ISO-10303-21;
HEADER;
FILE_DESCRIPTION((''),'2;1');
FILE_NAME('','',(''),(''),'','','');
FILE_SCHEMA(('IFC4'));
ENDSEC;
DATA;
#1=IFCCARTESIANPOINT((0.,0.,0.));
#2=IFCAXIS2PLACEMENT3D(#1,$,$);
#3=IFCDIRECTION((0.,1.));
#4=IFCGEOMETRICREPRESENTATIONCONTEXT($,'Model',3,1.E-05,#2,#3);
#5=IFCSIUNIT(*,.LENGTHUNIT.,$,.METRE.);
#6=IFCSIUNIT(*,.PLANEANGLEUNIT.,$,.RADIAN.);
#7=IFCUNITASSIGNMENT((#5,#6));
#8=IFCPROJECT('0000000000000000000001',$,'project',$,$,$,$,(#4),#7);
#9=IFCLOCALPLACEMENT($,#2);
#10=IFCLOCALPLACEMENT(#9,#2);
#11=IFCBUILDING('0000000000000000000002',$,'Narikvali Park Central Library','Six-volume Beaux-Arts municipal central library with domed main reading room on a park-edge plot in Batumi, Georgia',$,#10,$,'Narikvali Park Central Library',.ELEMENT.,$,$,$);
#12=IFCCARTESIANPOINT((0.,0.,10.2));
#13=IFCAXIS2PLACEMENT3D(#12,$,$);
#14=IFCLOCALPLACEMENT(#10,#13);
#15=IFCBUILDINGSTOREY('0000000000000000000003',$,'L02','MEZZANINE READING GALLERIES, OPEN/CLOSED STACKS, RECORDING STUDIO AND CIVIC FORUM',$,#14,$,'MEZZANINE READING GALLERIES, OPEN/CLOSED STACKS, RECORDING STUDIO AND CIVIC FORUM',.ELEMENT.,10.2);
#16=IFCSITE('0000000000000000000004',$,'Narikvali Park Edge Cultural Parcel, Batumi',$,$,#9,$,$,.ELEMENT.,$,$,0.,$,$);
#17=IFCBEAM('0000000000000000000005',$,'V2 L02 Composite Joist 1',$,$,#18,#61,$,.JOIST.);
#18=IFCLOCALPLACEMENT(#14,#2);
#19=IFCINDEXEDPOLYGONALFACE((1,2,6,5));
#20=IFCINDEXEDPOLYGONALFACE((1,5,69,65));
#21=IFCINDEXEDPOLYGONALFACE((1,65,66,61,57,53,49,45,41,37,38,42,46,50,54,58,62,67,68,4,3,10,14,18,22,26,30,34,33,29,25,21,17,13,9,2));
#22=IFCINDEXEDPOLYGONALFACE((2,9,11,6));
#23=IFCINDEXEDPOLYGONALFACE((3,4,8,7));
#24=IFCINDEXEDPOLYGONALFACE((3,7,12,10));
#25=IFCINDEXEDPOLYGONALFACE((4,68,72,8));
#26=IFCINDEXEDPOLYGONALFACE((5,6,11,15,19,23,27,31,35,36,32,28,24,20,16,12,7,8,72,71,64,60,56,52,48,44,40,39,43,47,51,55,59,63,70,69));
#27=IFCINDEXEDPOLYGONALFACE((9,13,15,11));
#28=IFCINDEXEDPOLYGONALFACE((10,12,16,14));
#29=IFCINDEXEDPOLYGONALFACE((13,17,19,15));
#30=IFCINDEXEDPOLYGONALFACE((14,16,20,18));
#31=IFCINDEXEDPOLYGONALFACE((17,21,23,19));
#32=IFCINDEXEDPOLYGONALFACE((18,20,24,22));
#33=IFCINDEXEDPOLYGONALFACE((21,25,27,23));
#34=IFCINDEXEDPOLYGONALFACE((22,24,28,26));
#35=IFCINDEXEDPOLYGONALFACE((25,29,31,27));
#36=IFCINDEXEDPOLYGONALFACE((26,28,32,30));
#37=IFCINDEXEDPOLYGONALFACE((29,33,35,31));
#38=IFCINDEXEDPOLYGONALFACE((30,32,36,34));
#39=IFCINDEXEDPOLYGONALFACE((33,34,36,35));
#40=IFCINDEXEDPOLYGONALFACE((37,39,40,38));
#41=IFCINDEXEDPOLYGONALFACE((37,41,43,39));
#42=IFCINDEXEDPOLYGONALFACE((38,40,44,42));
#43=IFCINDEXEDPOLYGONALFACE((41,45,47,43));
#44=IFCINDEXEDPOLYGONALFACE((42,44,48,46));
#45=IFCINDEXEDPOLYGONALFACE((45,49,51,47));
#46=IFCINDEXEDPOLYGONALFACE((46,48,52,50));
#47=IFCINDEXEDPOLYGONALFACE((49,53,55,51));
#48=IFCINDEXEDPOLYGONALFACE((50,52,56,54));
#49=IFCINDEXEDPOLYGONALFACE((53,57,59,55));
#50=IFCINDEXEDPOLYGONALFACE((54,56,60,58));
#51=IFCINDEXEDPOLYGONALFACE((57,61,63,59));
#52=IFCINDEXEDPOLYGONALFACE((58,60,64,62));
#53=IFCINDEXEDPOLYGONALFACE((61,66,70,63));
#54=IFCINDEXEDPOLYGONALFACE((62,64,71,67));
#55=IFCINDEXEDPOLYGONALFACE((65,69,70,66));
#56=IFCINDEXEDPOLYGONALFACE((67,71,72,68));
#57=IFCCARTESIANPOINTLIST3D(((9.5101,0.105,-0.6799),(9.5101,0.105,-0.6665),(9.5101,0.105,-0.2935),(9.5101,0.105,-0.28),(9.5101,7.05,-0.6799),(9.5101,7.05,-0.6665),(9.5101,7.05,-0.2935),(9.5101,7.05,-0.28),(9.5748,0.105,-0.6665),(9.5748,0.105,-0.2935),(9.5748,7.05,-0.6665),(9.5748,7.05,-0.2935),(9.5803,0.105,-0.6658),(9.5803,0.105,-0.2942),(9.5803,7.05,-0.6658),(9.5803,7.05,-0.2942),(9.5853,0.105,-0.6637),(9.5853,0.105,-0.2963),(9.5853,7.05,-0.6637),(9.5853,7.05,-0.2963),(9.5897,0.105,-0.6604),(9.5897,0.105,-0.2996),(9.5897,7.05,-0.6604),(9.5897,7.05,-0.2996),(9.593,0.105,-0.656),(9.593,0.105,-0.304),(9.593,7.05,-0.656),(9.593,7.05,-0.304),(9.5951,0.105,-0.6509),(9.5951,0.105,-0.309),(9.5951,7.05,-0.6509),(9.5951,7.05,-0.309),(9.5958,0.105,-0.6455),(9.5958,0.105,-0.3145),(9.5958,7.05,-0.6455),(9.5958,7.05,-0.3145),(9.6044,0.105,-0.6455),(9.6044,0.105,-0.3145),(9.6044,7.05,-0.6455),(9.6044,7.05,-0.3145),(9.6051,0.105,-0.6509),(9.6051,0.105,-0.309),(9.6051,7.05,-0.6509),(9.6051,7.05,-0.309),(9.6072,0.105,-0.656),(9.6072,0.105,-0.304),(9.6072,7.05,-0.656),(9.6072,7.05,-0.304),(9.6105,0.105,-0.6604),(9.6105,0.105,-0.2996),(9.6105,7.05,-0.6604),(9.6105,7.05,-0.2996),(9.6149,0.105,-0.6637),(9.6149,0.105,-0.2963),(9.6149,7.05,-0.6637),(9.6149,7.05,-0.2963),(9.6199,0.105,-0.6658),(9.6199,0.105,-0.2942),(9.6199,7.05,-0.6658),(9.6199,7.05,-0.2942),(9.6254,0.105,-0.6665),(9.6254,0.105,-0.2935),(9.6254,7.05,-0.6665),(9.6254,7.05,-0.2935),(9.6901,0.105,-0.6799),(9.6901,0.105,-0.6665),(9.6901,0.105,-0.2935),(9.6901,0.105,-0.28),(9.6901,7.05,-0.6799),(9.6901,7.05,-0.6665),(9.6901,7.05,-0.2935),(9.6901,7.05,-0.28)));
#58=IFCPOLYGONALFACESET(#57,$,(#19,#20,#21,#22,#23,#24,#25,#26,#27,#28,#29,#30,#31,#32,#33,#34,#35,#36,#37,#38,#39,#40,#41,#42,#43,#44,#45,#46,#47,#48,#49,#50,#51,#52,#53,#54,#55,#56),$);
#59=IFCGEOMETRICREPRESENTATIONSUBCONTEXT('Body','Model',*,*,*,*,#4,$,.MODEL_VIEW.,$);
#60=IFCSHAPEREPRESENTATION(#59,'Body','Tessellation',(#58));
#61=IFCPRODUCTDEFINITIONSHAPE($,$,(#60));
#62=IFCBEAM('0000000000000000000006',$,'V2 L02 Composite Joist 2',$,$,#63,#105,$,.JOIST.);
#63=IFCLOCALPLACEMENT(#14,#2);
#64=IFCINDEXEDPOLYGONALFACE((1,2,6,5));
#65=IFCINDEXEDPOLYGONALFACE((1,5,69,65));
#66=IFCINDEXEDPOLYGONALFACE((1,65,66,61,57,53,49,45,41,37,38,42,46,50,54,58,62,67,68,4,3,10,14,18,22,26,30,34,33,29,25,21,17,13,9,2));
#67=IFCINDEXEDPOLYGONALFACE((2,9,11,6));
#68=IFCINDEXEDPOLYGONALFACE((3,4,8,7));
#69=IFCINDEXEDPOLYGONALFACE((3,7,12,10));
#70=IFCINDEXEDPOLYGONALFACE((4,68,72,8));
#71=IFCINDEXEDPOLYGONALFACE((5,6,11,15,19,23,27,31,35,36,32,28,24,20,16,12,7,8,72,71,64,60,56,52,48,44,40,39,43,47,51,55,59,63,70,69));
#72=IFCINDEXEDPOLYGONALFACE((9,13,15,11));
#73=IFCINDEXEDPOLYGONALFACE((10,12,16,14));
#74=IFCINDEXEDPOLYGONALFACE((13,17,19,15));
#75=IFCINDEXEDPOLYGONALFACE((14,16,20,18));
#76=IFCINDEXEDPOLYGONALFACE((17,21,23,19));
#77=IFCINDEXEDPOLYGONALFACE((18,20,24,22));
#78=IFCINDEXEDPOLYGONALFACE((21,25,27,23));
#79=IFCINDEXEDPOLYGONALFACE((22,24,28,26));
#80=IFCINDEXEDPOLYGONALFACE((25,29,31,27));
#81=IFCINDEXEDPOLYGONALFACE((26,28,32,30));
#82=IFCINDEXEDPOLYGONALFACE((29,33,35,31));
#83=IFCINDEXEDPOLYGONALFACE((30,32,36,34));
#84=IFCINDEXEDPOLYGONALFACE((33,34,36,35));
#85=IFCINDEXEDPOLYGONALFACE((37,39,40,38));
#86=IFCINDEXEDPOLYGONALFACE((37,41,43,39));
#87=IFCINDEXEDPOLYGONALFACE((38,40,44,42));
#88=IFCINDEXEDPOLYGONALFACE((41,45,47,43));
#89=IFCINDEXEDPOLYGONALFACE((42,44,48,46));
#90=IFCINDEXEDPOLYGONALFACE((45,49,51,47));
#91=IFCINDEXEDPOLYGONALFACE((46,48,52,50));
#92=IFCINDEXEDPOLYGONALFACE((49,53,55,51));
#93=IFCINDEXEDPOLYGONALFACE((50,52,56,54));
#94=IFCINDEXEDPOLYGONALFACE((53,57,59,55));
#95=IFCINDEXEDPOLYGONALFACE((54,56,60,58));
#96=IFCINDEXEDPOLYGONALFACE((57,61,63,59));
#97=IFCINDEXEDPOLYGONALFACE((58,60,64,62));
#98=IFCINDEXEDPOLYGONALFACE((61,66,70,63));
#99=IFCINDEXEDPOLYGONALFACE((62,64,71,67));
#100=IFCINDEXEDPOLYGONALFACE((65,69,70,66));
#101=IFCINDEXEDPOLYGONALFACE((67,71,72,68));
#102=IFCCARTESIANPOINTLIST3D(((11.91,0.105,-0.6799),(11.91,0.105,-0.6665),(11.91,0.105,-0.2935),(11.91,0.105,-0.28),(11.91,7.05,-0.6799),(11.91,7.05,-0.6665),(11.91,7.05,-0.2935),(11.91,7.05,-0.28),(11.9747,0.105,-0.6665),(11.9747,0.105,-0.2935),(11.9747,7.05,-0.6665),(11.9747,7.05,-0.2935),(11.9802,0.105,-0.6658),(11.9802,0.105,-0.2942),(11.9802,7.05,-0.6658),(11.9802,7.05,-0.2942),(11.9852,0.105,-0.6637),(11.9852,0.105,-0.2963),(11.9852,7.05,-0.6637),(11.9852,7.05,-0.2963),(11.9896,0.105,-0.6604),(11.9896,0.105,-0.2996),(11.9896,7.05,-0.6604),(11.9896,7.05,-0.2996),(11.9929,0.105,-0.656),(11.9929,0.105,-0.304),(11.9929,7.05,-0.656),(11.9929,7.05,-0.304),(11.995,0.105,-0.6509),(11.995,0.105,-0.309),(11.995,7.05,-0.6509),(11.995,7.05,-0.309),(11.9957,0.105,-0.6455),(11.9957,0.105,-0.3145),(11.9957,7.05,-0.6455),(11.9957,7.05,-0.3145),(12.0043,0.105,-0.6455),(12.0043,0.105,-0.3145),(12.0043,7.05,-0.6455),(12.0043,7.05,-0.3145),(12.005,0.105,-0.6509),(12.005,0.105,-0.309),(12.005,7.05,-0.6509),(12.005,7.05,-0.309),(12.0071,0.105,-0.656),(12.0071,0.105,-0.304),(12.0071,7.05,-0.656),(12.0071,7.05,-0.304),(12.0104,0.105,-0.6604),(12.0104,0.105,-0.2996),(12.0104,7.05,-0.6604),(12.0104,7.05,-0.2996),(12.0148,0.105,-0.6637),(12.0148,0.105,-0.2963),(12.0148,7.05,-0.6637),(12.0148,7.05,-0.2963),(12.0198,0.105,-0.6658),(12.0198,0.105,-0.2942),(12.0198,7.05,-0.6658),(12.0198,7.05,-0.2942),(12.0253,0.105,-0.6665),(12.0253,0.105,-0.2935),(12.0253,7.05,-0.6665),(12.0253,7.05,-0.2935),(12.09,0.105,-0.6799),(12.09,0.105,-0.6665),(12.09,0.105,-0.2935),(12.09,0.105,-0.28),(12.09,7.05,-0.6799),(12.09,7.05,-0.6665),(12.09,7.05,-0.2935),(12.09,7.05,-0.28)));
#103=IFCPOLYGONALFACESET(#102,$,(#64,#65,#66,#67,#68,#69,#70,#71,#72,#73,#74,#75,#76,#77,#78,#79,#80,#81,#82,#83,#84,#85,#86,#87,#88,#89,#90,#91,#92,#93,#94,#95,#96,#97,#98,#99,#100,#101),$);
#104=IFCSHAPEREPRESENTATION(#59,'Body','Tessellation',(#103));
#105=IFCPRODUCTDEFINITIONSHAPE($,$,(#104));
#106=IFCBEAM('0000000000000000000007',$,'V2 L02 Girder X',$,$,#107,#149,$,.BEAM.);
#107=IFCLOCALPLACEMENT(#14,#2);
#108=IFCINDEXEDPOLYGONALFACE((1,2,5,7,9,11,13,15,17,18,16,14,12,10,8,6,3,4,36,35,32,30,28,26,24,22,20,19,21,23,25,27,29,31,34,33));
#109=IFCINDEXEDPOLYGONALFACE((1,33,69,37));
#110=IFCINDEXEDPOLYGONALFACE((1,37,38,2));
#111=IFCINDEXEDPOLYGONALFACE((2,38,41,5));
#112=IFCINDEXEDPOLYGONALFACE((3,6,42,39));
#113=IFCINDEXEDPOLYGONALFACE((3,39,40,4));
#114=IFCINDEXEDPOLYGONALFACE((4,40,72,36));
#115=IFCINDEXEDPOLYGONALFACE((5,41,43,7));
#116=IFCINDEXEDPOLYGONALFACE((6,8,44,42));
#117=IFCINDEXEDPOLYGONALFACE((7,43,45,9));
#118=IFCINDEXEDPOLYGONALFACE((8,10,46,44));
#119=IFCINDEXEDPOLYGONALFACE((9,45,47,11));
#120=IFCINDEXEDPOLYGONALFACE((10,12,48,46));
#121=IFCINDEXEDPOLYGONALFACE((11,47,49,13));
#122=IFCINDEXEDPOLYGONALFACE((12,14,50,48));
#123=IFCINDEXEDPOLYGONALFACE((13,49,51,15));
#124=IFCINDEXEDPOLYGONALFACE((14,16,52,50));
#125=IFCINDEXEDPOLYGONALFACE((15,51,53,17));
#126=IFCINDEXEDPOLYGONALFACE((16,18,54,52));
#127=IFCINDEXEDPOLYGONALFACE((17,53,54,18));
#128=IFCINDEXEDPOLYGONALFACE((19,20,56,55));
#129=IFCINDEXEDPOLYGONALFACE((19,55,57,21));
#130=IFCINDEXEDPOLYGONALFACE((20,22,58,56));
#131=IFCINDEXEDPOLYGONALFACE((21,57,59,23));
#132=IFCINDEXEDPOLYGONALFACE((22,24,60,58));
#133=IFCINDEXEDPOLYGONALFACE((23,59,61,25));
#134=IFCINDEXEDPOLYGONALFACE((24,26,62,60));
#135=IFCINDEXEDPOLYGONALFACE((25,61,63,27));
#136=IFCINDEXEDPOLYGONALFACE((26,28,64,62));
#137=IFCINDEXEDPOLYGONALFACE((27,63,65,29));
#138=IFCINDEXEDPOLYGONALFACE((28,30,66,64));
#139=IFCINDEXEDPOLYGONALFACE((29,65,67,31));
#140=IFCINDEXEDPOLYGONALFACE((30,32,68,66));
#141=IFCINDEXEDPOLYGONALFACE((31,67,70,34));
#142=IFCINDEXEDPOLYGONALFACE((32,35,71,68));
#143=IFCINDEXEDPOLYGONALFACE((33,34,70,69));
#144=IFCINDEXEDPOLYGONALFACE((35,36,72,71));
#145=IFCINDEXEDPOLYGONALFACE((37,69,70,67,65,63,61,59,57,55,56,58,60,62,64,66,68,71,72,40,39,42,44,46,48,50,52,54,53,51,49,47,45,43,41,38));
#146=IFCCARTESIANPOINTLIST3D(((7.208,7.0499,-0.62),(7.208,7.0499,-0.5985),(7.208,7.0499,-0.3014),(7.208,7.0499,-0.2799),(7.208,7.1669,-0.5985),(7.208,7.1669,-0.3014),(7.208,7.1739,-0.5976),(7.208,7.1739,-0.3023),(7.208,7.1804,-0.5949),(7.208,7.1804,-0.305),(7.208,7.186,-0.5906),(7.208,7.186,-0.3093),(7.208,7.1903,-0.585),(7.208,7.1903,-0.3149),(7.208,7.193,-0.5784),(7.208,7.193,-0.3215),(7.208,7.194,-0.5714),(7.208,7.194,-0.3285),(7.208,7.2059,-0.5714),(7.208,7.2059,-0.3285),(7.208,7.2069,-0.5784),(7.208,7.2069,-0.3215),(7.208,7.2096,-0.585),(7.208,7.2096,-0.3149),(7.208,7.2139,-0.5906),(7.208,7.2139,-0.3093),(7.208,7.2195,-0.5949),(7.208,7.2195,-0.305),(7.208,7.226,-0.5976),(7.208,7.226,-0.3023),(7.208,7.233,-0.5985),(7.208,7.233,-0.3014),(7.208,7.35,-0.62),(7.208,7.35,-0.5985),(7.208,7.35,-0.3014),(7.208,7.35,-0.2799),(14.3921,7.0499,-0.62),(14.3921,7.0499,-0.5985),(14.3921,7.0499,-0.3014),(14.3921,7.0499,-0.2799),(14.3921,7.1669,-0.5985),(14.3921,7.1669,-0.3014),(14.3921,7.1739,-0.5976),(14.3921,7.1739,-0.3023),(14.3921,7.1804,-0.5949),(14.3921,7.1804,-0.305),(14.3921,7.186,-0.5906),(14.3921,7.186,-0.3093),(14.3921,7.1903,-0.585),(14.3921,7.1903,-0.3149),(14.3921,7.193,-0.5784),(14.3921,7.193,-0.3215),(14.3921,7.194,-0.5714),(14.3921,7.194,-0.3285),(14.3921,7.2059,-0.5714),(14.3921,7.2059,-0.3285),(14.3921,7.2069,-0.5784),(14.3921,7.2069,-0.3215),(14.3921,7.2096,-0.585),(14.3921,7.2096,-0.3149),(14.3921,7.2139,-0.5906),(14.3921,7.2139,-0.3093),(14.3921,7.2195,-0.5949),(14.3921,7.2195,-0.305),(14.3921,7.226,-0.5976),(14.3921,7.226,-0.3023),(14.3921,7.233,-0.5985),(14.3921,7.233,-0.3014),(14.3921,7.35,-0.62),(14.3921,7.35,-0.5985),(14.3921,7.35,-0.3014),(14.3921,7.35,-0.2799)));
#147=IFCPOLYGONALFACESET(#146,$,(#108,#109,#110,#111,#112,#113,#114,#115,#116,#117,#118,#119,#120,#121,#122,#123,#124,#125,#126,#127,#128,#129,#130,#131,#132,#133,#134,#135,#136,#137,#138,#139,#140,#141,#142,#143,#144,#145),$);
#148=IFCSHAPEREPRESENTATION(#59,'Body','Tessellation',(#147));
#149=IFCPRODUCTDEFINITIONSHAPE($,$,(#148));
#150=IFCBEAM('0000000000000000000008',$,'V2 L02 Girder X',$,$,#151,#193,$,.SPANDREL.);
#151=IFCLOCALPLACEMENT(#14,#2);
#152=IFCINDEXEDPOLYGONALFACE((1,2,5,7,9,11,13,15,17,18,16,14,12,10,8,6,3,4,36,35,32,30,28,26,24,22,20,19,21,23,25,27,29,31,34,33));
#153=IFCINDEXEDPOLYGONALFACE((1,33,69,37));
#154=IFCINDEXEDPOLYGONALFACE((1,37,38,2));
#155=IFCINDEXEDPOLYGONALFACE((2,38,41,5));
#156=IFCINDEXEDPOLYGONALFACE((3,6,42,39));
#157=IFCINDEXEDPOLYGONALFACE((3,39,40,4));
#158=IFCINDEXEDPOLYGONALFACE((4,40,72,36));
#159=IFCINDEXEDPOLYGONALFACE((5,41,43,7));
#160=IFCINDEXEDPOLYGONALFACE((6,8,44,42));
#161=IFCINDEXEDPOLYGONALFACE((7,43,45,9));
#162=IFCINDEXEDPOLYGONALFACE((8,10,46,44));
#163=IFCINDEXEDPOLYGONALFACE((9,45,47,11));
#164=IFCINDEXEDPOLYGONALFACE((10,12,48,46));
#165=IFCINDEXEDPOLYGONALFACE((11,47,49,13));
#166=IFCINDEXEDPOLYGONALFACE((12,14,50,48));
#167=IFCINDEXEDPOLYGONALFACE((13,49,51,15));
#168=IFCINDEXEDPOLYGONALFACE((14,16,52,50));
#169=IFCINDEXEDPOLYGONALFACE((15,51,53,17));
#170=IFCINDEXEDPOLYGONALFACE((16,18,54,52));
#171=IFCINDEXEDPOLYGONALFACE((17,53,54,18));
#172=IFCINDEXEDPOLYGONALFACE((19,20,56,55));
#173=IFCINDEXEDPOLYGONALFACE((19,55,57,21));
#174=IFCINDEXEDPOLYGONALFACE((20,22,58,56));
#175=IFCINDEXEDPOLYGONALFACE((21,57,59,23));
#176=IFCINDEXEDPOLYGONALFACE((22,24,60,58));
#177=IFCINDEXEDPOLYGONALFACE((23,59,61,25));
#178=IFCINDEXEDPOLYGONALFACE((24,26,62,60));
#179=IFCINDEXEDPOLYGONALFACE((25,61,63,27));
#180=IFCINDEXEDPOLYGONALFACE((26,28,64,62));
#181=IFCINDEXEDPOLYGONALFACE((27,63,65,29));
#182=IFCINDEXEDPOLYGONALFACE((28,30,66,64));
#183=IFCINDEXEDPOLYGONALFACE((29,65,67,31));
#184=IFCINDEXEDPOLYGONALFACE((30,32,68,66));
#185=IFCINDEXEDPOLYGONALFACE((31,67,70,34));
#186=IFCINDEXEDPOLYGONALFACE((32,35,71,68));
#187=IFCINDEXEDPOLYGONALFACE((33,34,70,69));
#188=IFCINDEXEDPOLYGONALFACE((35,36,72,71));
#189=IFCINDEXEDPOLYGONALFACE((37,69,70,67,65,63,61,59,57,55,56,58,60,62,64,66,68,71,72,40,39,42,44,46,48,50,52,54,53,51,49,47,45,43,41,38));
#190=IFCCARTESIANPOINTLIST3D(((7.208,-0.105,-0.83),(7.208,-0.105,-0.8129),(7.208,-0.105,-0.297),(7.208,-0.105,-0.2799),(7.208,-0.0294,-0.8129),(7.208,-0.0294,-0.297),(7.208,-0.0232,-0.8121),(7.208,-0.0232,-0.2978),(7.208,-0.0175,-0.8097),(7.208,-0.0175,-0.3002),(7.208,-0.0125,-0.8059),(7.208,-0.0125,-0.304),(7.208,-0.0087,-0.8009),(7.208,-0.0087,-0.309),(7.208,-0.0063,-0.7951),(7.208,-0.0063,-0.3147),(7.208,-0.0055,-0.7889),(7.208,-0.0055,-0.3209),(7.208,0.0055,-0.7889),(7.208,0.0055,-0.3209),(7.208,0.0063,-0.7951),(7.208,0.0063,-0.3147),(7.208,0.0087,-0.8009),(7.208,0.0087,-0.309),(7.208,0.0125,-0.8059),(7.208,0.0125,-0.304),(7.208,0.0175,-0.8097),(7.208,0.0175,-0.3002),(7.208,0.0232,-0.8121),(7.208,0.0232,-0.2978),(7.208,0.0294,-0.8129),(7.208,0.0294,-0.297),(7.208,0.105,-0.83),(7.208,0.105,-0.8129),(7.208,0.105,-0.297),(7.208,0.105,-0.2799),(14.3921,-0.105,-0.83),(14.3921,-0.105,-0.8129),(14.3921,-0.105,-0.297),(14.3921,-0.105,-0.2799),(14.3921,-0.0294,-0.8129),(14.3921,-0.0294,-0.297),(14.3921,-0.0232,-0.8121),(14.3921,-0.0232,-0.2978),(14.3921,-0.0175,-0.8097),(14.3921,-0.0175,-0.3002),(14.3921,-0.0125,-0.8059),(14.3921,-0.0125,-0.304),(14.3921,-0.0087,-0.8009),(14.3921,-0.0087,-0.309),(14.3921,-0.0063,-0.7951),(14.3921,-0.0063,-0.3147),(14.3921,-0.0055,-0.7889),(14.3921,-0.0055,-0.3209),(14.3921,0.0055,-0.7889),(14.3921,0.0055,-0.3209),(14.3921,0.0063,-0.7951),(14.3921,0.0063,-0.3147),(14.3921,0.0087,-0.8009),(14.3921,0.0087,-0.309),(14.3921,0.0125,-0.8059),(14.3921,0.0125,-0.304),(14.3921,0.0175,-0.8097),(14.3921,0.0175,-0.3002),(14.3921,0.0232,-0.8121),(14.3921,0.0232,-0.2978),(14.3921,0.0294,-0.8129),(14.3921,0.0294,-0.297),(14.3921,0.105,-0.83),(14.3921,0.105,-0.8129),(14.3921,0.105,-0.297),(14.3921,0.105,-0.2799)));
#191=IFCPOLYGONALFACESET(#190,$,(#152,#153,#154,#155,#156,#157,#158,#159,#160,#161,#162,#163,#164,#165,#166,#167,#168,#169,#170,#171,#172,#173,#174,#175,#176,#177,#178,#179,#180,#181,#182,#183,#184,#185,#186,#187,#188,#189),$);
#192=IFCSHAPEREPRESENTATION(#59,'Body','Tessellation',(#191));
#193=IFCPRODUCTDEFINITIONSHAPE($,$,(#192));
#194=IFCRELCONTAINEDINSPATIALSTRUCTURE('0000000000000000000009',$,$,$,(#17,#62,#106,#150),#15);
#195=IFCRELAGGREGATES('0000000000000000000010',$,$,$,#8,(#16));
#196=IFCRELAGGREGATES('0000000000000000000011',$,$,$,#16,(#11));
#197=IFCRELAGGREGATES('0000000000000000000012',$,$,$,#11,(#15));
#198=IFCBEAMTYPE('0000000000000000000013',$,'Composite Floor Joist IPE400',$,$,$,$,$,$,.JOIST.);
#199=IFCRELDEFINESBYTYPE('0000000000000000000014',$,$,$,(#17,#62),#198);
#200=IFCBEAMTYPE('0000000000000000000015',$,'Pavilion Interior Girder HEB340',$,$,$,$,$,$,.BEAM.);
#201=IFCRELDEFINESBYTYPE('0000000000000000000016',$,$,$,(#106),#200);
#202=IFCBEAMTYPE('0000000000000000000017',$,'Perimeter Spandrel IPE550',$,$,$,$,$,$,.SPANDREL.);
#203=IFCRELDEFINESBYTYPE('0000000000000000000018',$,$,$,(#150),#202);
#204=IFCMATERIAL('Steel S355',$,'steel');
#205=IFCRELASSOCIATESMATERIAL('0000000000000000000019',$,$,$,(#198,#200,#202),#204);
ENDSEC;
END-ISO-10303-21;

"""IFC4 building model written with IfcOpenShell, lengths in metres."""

from ifc_helpers import new_model, si_unit, direction, frame, origin, origin_2d, place, context, subcontext, project, spatial, i_section, extrude, material, material_profile, profile_set, type_object, element, save


model = new_model("IFC4")

# Units and contexts
model_context = context("Model", 3, precision=1e-05, world=origin(), true_north=direction((0.0, 1.0)))
body_context = subcontext(model_context, "Body", "Model", "MODEL_VIEW")
ifc_project = project(units=[si_unit("LENGTHUNIT", "METRE"), si_unit("PLANEANGLEUNIT", "RADIAN")], contexts=[model_context])

# Site, building, storey
site_placement = place(None, origin())
site = spatial("IfcSite", under=ifc_project, at=site_placement, Name="Narikvali Park Edge Cultural Parcel, Batumi", CompositionType="ELEMENT", RefElevation=0.0)
building_placement = place(site_placement, origin())
building = spatial("IfcBuilding", under=site, at=building_placement, Name="Narikvali Park Central Library", Description="Six-volume Beaux-Arts municipal central library with domed main reading room on a park-edge plot in Batumi, Georgia", LongName="Narikvali Park Central Library", CompositionType="ELEMENT")
storey_placement = place(building_placement, frame((0.0, 0.0, 10.2)))
storey = spatial("IfcBuildingStorey", under=building, at=storey_placement, Name="L02", Description="MEZZANINE READING GALLERIES, OPEN/CLOSED STACKS, RECORDING STUDIO AND CIVIC FORUM", LongName="MEZZANINE READING GALLERIES, OPEN/CLOSED STACKS, RECORDING STUDIO AND CIVIC FORUM", CompositionType="ELEMENT", Elevation=10.2)

# Shared definitions
ifc_material_1 = material(Name="Steel S355", Category="steel")

# Beams
ifc_material_profile_1 = material_profile(ifc_material_1, i_section(OverallWidth=0.1799, OverallDepth=0.3999, WebThickness=0.0085, FlangeThickness=0.0134, FilletRadius=0.021, at=origin_2d()), Name="IPE 400")
ifc_profile_set_1 = profile_set([ifc_material_profile_1], Name="Steel S355")
beam_type_1 = type_object("IfcBeamType", Name="Composite Floor Joist IPE400", PredefinedType="JOIST", material=ifc_profile_set_1)
for number, where, z_axis, x_axis, name in (
    (1, (9.6001, 0.105, -0.48), (0.0, 1.0, 0.0), (-1.0, 0.0, 0.0), "V2 L02 Composite Joist 1"),
    (2, (12.0, 0.105, -0.48), (0.0, 1.0, 0.0), (-1.0, 0.0, 0.0), "V2 L02 Composite Joist 2"),
):
    element("IfcBeam", number, at=place(storey_placement, frame(where, z_axis=z_axis, x_axis=x_axis)), inside=storey, type_object=beam_type_1, Name=name, PredefinedType="JOIST", context=body_context, shape_type="SweptSolid", body=[
        extrude(i_section(OverallWidth=0.1799, OverallDepth=0.3999, WebThickness=0.0085, FlangeThickness=0.0134, FilletRadius=0.021, at=origin_2d()), origin(), (0.0, 0.0, 1.0), 6.9451),
    ])
ifc_material_profile_2 = material_profile(ifc_material_1, i_section(OverallWidth=0.3, OverallDepth=0.3401, WebThickness=0.012, FlangeThickness=0.0215, FilletRadius=0.0271, at=origin_2d()), Name="HEB 340")
ifc_profile_set_2 = profile_set([ifc_material_profile_2], Name="Steel S355")
beam_type_2 = type_object("IfcBeamType", Name="Pavilion Interior Girder HEB340", PredefinedType="BEAM", material=ifc_profile_set_2)
beam_1_placement = place(storey_placement, frame((7.208, 7.2, -0.45), z_axis=(1.0, 0.0, 0.0), x_axis=(0.0, 1.0, 0.0)))
element("IfcBeam", 3, at=beam_1_placement, inside=storey, type_object=beam_type_2, Name="V2 L02 Girder X", PredefinedType="BEAM", context=body_context, shape_type="SweptSolid", body=[
    extrude(i_section(OverallWidth=0.3, OverallDepth=0.3401, WebThickness=0.012, FlangeThickness=0.0215, FilletRadius=0.0271, at=origin_2d()), origin(), (0.0, 0.0, 1.0), 7.1841),
])
ifc_material_profile_3 = material_profile(ifc_material_1, i_section(OverallWidth=0.21, OverallDepth=0.55, WebThickness=0.011, FlangeThickness=0.0171, FilletRadius=0.0239, at=origin_2d()), Name="IPE 550")
ifc_profile_set_3 = profile_set([ifc_material_profile_3], Name="Steel S355")
beam_type_3 = type_object("IfcBeamType", Name="Perimeter Spandrel IPE550", PredefinedType="SPANDREL", material=ifc_profile_set_3)
beam_2_placement = place(storey_placement, frame((7.208, 0.0, -0.5549), z_axis=(1.0, 0.0, 0.0), x_axis=(0.0, 1.0, 0.0)))
element("IfcBeam", 4, at=beam_2_placement, inside=storey, type_object=beam_type_3, Name="V2 L02 Girder X", PredefinedType="SPANDREL", context=body_context, shape_type="SweptSolid", body=[
    extrude(i_section(OverallWidth=0.21, OverallDepth=0.55, WebThickness=0.011, FlangeThickness=0.0171, FilletRadius=0.0239, at=origin_2d()), origin(), (0.0, 0.0, 1.0), 7.1841),
])

save(model, "model.ifc")
